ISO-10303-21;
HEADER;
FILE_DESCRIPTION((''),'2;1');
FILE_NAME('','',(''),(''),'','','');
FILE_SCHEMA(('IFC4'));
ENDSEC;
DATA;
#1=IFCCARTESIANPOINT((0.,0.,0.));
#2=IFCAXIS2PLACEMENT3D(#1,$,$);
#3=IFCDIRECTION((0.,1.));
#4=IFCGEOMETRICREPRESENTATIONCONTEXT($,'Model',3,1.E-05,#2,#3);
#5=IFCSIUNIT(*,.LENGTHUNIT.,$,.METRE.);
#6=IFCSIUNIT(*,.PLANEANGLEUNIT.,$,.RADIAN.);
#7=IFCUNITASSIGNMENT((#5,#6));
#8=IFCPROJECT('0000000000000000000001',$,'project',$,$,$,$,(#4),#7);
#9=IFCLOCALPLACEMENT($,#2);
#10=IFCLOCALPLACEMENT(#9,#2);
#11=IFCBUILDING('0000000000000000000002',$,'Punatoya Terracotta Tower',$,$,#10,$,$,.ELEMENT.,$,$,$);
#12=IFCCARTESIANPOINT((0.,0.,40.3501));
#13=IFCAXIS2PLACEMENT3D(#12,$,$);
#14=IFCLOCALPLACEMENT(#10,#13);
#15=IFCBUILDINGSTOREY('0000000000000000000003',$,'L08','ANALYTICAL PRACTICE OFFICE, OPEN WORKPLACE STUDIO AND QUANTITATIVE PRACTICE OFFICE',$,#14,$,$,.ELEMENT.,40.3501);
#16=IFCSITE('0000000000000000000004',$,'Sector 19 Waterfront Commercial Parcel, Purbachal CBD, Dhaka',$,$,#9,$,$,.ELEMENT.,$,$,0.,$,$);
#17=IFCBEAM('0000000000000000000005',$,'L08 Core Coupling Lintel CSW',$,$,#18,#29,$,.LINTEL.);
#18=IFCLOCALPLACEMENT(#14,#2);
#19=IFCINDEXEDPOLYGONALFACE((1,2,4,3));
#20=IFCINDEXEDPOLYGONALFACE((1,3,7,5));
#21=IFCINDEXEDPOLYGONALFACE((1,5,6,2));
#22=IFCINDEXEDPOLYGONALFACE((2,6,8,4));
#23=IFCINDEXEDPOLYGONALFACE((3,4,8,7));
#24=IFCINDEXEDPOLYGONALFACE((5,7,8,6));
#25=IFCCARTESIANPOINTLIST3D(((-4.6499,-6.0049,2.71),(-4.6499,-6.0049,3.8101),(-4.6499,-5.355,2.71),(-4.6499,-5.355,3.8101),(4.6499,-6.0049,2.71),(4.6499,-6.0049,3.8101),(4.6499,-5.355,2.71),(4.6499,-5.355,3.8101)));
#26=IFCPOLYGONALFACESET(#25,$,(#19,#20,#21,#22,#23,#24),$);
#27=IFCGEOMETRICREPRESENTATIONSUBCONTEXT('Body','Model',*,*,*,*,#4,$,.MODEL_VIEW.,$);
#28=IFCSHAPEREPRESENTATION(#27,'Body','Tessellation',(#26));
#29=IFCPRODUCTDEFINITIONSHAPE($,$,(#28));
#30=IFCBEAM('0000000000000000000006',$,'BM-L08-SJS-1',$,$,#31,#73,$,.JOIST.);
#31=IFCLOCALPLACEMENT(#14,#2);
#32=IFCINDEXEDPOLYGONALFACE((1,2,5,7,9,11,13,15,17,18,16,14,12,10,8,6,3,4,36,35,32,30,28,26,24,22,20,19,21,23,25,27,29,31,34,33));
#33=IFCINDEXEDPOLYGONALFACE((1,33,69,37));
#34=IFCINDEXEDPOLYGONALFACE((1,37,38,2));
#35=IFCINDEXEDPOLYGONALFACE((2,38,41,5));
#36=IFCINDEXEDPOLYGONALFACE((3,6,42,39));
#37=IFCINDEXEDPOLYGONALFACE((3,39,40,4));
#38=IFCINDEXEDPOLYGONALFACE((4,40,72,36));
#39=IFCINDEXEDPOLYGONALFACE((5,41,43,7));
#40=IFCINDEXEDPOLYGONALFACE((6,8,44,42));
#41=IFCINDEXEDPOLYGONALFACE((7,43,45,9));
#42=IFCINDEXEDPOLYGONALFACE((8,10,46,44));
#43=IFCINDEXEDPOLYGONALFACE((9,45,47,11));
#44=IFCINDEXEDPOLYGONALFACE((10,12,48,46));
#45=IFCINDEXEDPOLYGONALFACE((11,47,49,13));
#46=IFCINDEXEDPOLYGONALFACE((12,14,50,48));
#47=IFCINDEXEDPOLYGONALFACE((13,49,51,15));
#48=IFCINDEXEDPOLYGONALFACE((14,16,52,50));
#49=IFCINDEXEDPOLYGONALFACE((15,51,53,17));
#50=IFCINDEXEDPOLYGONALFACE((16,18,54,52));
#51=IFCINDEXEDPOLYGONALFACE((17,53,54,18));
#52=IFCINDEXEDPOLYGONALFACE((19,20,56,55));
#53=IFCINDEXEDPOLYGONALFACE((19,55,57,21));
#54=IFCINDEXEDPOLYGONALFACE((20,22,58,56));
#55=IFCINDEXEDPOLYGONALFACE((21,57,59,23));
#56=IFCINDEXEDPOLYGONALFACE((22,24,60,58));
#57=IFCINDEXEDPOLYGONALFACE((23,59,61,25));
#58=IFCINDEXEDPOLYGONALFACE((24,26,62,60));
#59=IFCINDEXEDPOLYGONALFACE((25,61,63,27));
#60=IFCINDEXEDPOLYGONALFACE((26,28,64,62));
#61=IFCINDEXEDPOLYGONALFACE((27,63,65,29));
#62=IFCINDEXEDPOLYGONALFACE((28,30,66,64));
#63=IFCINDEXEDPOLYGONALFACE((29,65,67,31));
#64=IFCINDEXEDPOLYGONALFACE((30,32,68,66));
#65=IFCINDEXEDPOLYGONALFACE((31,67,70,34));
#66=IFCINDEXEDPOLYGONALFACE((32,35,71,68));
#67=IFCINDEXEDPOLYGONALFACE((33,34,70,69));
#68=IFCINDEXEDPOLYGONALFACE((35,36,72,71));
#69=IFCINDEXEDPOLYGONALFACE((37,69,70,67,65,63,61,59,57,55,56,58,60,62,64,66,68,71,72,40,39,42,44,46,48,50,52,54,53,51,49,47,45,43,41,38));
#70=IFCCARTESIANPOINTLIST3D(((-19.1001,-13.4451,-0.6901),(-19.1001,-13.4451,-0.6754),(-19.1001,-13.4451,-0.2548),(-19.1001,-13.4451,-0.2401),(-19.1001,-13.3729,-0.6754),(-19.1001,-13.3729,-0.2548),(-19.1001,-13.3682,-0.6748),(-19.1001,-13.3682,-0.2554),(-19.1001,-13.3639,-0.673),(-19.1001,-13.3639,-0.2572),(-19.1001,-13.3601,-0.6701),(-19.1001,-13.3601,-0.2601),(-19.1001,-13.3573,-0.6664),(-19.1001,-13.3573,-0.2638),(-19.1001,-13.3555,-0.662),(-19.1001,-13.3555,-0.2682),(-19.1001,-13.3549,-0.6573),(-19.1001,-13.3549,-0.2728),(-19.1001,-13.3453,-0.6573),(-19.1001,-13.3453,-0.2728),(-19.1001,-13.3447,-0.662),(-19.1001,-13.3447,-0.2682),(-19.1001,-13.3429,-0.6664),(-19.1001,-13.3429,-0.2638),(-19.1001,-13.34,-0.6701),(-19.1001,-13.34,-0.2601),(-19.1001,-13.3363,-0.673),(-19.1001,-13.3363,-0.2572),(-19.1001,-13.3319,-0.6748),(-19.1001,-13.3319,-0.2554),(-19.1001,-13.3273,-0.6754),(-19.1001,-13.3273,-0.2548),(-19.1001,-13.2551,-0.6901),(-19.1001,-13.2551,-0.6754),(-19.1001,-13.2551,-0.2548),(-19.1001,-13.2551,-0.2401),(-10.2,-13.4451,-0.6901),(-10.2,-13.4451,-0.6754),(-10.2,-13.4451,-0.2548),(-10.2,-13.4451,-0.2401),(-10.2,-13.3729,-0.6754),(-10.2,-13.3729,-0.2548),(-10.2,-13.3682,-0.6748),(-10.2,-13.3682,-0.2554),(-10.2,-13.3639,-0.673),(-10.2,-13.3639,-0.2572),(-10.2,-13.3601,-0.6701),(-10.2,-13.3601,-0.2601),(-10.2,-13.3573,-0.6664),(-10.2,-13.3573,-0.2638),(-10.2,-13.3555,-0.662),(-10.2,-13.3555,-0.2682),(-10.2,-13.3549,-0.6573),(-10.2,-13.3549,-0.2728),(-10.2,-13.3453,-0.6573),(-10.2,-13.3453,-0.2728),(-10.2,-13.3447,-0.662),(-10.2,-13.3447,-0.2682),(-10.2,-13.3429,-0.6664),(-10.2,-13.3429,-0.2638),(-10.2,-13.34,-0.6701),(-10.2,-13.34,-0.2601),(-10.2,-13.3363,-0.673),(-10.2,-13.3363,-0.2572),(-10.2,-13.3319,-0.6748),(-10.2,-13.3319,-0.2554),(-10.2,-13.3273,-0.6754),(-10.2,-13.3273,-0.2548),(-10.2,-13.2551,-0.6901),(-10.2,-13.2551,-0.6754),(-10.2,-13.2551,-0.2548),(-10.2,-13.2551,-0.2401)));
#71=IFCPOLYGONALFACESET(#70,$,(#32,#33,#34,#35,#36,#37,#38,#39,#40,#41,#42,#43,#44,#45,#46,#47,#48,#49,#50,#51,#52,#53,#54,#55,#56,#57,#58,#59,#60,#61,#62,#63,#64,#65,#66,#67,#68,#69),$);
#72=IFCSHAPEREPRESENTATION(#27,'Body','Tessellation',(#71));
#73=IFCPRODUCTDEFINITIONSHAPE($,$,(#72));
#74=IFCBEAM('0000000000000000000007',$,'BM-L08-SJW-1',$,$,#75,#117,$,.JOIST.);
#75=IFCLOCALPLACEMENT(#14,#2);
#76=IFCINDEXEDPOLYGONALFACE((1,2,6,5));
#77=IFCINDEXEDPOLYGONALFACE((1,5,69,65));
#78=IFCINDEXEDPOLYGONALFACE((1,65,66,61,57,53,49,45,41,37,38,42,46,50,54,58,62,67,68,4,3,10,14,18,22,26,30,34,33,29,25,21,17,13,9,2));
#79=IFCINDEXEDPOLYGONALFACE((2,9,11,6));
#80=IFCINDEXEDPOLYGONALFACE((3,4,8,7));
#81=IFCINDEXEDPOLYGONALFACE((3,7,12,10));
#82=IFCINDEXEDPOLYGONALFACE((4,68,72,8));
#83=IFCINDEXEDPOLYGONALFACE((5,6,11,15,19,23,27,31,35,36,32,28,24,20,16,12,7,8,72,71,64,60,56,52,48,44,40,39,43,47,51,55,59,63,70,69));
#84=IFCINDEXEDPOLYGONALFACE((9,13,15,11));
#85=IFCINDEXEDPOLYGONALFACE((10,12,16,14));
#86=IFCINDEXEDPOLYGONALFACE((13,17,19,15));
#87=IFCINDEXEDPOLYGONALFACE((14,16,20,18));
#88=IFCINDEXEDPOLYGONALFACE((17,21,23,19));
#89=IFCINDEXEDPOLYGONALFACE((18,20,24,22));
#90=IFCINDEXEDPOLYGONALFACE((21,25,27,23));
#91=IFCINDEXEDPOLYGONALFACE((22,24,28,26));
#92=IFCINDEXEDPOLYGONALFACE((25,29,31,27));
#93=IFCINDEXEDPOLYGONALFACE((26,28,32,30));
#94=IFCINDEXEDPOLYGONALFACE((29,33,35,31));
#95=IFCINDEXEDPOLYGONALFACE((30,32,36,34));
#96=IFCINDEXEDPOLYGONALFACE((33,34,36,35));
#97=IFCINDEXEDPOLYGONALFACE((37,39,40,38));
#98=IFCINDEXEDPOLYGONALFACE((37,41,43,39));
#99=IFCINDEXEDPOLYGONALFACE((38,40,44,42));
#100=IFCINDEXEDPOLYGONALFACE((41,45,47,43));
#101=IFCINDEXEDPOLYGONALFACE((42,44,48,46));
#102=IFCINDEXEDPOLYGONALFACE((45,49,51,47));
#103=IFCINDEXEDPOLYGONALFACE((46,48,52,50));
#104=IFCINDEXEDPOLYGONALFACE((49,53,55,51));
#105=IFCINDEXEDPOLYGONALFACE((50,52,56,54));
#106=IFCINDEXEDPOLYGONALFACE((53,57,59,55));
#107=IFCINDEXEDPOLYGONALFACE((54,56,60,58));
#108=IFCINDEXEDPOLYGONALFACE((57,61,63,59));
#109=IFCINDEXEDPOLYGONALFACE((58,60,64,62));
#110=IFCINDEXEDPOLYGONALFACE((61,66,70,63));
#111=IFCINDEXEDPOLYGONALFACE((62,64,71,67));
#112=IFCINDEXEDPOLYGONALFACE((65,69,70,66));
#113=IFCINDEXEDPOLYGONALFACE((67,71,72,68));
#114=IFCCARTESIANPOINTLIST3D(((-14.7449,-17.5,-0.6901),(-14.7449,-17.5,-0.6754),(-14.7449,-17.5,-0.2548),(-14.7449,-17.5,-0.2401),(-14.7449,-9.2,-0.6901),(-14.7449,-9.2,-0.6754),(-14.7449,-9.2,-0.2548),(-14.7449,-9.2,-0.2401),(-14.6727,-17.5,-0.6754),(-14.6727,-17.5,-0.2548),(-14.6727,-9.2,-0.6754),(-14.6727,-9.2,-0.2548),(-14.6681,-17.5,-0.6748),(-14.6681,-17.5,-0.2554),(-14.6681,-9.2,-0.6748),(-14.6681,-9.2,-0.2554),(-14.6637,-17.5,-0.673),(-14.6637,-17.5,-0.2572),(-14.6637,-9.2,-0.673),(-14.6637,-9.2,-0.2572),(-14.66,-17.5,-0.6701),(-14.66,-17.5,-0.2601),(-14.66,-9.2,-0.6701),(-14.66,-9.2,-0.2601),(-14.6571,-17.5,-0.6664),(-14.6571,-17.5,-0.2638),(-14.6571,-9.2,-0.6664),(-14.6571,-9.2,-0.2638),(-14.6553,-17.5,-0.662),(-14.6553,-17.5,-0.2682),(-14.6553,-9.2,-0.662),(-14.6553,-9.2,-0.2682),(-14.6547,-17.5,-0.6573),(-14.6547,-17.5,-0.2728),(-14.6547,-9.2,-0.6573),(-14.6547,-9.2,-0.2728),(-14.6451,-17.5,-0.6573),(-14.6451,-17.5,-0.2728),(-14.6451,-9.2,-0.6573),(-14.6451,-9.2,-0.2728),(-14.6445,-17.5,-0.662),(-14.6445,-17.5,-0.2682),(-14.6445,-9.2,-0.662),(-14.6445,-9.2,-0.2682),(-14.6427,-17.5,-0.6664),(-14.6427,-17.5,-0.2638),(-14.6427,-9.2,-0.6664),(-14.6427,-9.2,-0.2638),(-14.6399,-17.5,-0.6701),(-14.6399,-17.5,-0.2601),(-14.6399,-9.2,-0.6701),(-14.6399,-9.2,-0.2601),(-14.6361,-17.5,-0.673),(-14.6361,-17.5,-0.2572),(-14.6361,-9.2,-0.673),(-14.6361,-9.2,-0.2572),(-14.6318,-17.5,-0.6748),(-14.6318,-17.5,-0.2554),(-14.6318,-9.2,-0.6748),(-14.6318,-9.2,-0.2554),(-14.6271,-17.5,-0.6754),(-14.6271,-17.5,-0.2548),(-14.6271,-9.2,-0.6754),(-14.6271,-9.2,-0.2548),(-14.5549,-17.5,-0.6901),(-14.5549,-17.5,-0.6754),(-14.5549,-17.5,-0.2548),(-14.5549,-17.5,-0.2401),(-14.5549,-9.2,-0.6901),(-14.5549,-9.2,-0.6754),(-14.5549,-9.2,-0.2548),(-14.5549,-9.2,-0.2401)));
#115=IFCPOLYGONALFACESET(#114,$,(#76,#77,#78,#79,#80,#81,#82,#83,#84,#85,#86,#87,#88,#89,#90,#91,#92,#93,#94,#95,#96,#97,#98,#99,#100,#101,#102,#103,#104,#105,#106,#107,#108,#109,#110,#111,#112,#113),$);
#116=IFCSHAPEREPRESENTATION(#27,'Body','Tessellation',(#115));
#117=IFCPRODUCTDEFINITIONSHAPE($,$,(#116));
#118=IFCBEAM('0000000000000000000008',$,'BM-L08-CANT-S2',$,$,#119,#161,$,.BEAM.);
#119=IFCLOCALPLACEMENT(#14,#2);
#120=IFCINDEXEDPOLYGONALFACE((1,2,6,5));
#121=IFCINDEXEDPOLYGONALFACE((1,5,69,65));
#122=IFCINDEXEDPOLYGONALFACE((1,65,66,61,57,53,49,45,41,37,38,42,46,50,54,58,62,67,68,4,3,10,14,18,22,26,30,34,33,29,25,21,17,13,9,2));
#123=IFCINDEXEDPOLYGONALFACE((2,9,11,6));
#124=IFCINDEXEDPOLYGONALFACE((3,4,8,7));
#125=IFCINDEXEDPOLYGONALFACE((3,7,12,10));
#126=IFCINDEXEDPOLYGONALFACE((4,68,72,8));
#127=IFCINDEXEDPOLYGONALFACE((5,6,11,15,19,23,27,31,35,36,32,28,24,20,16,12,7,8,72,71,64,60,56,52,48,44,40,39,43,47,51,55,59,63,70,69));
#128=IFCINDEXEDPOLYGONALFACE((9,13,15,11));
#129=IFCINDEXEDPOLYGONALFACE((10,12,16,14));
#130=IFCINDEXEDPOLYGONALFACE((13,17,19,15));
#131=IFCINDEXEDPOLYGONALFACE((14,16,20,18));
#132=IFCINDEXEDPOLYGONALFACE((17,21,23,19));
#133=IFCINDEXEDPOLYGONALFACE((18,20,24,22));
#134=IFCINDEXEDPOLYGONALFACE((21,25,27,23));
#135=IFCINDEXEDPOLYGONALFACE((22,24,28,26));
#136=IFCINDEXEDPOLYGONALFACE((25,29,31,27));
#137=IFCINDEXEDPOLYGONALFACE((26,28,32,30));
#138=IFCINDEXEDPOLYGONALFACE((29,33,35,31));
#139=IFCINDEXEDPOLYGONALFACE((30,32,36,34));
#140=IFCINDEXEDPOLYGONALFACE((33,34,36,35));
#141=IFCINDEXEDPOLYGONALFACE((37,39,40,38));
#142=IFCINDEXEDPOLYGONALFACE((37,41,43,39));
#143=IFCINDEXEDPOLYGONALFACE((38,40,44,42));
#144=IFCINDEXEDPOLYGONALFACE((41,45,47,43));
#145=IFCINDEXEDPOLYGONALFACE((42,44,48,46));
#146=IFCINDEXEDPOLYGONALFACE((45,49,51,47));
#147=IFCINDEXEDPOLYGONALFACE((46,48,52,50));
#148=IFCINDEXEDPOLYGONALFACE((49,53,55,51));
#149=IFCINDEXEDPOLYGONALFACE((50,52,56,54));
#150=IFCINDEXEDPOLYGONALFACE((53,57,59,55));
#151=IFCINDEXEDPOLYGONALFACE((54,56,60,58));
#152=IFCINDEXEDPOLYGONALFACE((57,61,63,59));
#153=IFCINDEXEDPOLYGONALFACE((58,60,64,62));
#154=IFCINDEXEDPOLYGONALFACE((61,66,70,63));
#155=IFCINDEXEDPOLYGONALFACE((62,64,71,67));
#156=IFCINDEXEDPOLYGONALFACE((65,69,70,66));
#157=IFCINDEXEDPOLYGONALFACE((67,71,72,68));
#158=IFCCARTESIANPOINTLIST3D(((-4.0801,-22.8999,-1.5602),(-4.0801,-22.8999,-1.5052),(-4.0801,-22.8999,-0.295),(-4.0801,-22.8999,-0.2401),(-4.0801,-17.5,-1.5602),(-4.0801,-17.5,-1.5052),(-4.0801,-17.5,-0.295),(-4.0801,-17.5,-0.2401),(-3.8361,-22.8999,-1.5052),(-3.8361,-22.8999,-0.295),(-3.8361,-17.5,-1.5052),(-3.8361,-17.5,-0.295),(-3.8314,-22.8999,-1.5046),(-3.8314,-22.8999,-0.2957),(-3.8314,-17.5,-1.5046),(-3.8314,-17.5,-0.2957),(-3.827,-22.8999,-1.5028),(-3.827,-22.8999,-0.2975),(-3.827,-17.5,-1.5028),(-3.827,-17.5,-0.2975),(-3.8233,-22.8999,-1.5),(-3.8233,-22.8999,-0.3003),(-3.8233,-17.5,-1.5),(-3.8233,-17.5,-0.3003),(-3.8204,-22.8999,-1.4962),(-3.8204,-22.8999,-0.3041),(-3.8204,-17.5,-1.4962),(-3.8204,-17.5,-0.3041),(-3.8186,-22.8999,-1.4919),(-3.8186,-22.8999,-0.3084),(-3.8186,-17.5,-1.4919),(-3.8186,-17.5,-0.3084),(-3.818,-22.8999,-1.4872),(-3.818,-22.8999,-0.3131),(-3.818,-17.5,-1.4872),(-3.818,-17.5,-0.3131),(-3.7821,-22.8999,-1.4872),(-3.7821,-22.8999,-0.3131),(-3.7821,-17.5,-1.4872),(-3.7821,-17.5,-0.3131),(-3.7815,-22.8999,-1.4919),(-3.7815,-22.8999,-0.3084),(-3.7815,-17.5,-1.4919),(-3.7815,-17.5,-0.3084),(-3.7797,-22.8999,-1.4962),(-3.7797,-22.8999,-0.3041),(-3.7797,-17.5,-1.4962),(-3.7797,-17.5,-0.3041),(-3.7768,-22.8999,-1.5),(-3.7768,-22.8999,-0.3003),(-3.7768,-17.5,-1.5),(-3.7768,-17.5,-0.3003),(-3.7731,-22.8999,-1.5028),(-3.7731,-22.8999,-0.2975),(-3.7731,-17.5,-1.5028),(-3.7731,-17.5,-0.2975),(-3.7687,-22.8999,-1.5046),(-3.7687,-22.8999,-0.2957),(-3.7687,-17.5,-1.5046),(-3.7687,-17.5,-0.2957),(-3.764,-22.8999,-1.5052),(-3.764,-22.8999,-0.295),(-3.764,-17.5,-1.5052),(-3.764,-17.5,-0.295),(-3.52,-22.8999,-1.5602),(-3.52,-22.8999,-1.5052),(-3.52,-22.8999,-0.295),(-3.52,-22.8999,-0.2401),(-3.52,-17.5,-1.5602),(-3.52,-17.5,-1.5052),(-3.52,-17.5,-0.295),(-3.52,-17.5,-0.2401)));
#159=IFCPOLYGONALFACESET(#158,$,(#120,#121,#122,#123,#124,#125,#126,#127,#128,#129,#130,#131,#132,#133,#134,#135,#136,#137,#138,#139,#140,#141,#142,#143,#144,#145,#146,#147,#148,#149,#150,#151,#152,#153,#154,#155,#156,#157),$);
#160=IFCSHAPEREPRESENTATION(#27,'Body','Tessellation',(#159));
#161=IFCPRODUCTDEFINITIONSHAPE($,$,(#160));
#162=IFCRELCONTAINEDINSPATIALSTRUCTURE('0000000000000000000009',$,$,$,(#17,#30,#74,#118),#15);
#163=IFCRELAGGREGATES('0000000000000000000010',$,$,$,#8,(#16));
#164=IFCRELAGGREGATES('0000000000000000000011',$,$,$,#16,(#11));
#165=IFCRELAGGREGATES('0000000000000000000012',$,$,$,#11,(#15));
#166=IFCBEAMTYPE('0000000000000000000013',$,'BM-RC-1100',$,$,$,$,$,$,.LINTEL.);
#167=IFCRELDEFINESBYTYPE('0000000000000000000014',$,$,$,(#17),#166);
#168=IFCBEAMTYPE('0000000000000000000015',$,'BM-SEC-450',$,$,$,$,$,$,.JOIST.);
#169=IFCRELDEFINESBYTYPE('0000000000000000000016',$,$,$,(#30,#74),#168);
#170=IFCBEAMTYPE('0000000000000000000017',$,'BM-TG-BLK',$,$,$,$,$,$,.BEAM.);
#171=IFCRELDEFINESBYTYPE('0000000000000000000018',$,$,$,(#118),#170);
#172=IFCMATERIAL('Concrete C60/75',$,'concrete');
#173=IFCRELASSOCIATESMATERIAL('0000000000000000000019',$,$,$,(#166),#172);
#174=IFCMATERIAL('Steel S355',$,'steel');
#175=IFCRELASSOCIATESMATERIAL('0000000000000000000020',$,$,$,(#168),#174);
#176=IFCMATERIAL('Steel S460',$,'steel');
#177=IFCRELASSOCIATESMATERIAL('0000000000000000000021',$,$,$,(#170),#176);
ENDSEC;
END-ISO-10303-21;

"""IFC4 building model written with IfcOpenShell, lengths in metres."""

from ifc_helpers import new_model, si_unit, direction, frame, origin, origin_2d, place, context, subcontext, project, spatial, rectangle, i_section, extrude, material, material_profile, profile_set, type_object, element, save


model = new_model("IFC4")

# Units and contexts
model_context = context("Model", 3, precision=1e-05, world=origin(), true_north=direction((0.0, 1.0)))
body_context = subcontext(model_context, "Body", "Model", "MODEL_VIEW")
ifc_project = project(units=[si_unit("LENGTHUNIT", "METRE"), si_unit("PLANEANGLEUNIT", "RADIAN")], contexts=[model_context])

# Site, building, storey
site_placement = place(None, origin())
site = spatial("IfcSite", under=ifc_project, at=site_placement, Name="Sector 19 Waterfront Commercial Parcel, Purbachal CBD, Dhaka", CompositionType="ELEMENT", RefElevation=0.0)
building_placement = place(site_placement, origin())
building = spatial("IfcBuilding", under=site, at=building_placement, Name="Punatoya Terracotta Tower", CompositionType="ELEMENT")
storey_placement = place(building_placement, frame((0.0, 0.0, 40.3501)))
storey = spatial("IfcBuildingStorey", under=building, at=storey_placement, Name="L08", Description="ANALYTICAL PRACTICE OFFICE, OPEN WORKPLACE STUDIO AND QUANTITATIVE PRACTICE OFFICE", CompositionType="ELEMENT", Elevation=40.3501)

# Shared definitions
ifc_material_1 = material(Name="Steel S460", Category="steel")

# Beams
ifc_material_2 = material(Name="Steel S355", Category="steel")
ifc_material_3 = material(Name="Concrete C60/75", Category="concrete")
ifc_material_profile_1 = material_profile(ifc_material_3, rectangle(XDim=0.6499, YDim=1.1001, at=origin_2d()))
ifc_profile_set_1 = profile_set([ifc_material_profile_1], Name="Concrete C60/75")
beam_type_1 = type_object("IfcBeamType", Name="BM-RC-1100", PredefinedType="LINTEL", material=ifc_profile_set_1)
beam_1_placement = place(storey_placement, frame((-4.6499, -5.6799, 3.26), z_axis=(1.0, 0.0, 0.0), x_axis=(0.0, 1.0, 0.0)))
element("IfcBeam", 1, at=beam_1_placement, inside=storey, type_object=beam_type_1, Name="L08 Core Coupling Lintel CSW", PredefinedType="LINTEL", context=body_context, shape_type="SweptSolid", body=[
    extrude(rectangle(XDim=0.6499, YDim=1.1001, at=origin_2d()), origin(), (0.0, 0.0, 1.0), 9.2998),
])
ifc_material_profile_2 = material_profile(ifc_material_2, i_section(OverallWidth=0.1899, OverallDepth=0.45, WebThickness=0.0095, FlangeThickness=0.0146, FilletRadius=0.0181, at=origin_2d()))
ifc_profile_set_2 = profile_set([ifc_material_profile_2], Name="Steel S355")
beam_type_2 = type_object("IfcBeamType", Name="BM-SEC-450", PredefinedType="JOIST", material=ifc_profile_set_2)
beam_2_placement = place(storey_placement, frame((-19.1001, -13.3501, -0.4651), z_axis=(1.0, 0.0, 0.0), x_axis=(0.0, 1.0, 0.0)))
element("IfcBeam", 2, at=beam_2_placement, inside=storey, type_object=beam_type_2, Name="BM-L08-SJS-1", PredefinedType="JOIST", context=body_context, shape_type="SweptSolid", body=[
    extrude(i_section(OverallWidth=0.1899, OverallDepth=0.45, WebThickness=0.0095, FlangeThickness=0.0146, FilletRadius=0.0181, at=origin_2d()), origin(), (0.0, 0.0, 1.0), 8.9001),
])
beam_3_placement = place(storey_placement, frame((-14.6499, -17.5, -0.4651), z_axis=(0.0, 1.0, 0.0), x_axis=(-1.0, 0.0, 0.0)))
element("IfcBeam", 3, at=beam_3_placement, inside=storey, type_object=beam_type_2, Name="BM-L08-SJW-1", PredefinedType="JOIST", context=body_context, shape_type="SweptSolid", body=[
    extrude(i_section(OverallWidth=0.1899, OverallDepth=0.45, WebThickness=0.0095, FlangeThickness=0.0146, FilletRadius=0.0181, at=origin_2d()), origin(), (0.0, 0.0, 1.0), 8.3),
])
ifc_material_profile_3 = material_profile(ifc_material_1, i_section(OverallWidth=0.5601, OverallDepth=1.3201, WebThickness=0.0359, FlangeThickness=0.0549, FilletRadius=0.0181, at=origin_2d()))
ifc_profile_set_3 = profile_set([ifc_material_profile_3], Name="Steel S460")
beam_type_3 = type_object("IfcBeamType", Name="BM-TG-BLK", PredefinedType="BEAM", material=ifc_profile_set_3)
beam_4_placement = place(storey_placement, frame((-3.8, -22.8999, -0.9001), z_axis=(0.0, 1.0, 0.0), x_axis=(-1.0, 0.0, 0.0)))
element("IfcBeam", 4, at=beam_4_placement, inside=storey, type_object=beam_type_3, Name="BM-L08-CANT-S2", PredefinedType="BEAM", context=body_context, shape_type="SweptSolid", body=[
    extrude(i_section(OverallWidth=0.5601, OverallDepth=1.3201, WebThickness=0.0359, FlangeThickness=0.0549, FilletRadius=0.0181, at=origin_2d()), origin(), (0.0, 0.0, 1.0), 5.3999),
])

save(model, "model.ifc")
